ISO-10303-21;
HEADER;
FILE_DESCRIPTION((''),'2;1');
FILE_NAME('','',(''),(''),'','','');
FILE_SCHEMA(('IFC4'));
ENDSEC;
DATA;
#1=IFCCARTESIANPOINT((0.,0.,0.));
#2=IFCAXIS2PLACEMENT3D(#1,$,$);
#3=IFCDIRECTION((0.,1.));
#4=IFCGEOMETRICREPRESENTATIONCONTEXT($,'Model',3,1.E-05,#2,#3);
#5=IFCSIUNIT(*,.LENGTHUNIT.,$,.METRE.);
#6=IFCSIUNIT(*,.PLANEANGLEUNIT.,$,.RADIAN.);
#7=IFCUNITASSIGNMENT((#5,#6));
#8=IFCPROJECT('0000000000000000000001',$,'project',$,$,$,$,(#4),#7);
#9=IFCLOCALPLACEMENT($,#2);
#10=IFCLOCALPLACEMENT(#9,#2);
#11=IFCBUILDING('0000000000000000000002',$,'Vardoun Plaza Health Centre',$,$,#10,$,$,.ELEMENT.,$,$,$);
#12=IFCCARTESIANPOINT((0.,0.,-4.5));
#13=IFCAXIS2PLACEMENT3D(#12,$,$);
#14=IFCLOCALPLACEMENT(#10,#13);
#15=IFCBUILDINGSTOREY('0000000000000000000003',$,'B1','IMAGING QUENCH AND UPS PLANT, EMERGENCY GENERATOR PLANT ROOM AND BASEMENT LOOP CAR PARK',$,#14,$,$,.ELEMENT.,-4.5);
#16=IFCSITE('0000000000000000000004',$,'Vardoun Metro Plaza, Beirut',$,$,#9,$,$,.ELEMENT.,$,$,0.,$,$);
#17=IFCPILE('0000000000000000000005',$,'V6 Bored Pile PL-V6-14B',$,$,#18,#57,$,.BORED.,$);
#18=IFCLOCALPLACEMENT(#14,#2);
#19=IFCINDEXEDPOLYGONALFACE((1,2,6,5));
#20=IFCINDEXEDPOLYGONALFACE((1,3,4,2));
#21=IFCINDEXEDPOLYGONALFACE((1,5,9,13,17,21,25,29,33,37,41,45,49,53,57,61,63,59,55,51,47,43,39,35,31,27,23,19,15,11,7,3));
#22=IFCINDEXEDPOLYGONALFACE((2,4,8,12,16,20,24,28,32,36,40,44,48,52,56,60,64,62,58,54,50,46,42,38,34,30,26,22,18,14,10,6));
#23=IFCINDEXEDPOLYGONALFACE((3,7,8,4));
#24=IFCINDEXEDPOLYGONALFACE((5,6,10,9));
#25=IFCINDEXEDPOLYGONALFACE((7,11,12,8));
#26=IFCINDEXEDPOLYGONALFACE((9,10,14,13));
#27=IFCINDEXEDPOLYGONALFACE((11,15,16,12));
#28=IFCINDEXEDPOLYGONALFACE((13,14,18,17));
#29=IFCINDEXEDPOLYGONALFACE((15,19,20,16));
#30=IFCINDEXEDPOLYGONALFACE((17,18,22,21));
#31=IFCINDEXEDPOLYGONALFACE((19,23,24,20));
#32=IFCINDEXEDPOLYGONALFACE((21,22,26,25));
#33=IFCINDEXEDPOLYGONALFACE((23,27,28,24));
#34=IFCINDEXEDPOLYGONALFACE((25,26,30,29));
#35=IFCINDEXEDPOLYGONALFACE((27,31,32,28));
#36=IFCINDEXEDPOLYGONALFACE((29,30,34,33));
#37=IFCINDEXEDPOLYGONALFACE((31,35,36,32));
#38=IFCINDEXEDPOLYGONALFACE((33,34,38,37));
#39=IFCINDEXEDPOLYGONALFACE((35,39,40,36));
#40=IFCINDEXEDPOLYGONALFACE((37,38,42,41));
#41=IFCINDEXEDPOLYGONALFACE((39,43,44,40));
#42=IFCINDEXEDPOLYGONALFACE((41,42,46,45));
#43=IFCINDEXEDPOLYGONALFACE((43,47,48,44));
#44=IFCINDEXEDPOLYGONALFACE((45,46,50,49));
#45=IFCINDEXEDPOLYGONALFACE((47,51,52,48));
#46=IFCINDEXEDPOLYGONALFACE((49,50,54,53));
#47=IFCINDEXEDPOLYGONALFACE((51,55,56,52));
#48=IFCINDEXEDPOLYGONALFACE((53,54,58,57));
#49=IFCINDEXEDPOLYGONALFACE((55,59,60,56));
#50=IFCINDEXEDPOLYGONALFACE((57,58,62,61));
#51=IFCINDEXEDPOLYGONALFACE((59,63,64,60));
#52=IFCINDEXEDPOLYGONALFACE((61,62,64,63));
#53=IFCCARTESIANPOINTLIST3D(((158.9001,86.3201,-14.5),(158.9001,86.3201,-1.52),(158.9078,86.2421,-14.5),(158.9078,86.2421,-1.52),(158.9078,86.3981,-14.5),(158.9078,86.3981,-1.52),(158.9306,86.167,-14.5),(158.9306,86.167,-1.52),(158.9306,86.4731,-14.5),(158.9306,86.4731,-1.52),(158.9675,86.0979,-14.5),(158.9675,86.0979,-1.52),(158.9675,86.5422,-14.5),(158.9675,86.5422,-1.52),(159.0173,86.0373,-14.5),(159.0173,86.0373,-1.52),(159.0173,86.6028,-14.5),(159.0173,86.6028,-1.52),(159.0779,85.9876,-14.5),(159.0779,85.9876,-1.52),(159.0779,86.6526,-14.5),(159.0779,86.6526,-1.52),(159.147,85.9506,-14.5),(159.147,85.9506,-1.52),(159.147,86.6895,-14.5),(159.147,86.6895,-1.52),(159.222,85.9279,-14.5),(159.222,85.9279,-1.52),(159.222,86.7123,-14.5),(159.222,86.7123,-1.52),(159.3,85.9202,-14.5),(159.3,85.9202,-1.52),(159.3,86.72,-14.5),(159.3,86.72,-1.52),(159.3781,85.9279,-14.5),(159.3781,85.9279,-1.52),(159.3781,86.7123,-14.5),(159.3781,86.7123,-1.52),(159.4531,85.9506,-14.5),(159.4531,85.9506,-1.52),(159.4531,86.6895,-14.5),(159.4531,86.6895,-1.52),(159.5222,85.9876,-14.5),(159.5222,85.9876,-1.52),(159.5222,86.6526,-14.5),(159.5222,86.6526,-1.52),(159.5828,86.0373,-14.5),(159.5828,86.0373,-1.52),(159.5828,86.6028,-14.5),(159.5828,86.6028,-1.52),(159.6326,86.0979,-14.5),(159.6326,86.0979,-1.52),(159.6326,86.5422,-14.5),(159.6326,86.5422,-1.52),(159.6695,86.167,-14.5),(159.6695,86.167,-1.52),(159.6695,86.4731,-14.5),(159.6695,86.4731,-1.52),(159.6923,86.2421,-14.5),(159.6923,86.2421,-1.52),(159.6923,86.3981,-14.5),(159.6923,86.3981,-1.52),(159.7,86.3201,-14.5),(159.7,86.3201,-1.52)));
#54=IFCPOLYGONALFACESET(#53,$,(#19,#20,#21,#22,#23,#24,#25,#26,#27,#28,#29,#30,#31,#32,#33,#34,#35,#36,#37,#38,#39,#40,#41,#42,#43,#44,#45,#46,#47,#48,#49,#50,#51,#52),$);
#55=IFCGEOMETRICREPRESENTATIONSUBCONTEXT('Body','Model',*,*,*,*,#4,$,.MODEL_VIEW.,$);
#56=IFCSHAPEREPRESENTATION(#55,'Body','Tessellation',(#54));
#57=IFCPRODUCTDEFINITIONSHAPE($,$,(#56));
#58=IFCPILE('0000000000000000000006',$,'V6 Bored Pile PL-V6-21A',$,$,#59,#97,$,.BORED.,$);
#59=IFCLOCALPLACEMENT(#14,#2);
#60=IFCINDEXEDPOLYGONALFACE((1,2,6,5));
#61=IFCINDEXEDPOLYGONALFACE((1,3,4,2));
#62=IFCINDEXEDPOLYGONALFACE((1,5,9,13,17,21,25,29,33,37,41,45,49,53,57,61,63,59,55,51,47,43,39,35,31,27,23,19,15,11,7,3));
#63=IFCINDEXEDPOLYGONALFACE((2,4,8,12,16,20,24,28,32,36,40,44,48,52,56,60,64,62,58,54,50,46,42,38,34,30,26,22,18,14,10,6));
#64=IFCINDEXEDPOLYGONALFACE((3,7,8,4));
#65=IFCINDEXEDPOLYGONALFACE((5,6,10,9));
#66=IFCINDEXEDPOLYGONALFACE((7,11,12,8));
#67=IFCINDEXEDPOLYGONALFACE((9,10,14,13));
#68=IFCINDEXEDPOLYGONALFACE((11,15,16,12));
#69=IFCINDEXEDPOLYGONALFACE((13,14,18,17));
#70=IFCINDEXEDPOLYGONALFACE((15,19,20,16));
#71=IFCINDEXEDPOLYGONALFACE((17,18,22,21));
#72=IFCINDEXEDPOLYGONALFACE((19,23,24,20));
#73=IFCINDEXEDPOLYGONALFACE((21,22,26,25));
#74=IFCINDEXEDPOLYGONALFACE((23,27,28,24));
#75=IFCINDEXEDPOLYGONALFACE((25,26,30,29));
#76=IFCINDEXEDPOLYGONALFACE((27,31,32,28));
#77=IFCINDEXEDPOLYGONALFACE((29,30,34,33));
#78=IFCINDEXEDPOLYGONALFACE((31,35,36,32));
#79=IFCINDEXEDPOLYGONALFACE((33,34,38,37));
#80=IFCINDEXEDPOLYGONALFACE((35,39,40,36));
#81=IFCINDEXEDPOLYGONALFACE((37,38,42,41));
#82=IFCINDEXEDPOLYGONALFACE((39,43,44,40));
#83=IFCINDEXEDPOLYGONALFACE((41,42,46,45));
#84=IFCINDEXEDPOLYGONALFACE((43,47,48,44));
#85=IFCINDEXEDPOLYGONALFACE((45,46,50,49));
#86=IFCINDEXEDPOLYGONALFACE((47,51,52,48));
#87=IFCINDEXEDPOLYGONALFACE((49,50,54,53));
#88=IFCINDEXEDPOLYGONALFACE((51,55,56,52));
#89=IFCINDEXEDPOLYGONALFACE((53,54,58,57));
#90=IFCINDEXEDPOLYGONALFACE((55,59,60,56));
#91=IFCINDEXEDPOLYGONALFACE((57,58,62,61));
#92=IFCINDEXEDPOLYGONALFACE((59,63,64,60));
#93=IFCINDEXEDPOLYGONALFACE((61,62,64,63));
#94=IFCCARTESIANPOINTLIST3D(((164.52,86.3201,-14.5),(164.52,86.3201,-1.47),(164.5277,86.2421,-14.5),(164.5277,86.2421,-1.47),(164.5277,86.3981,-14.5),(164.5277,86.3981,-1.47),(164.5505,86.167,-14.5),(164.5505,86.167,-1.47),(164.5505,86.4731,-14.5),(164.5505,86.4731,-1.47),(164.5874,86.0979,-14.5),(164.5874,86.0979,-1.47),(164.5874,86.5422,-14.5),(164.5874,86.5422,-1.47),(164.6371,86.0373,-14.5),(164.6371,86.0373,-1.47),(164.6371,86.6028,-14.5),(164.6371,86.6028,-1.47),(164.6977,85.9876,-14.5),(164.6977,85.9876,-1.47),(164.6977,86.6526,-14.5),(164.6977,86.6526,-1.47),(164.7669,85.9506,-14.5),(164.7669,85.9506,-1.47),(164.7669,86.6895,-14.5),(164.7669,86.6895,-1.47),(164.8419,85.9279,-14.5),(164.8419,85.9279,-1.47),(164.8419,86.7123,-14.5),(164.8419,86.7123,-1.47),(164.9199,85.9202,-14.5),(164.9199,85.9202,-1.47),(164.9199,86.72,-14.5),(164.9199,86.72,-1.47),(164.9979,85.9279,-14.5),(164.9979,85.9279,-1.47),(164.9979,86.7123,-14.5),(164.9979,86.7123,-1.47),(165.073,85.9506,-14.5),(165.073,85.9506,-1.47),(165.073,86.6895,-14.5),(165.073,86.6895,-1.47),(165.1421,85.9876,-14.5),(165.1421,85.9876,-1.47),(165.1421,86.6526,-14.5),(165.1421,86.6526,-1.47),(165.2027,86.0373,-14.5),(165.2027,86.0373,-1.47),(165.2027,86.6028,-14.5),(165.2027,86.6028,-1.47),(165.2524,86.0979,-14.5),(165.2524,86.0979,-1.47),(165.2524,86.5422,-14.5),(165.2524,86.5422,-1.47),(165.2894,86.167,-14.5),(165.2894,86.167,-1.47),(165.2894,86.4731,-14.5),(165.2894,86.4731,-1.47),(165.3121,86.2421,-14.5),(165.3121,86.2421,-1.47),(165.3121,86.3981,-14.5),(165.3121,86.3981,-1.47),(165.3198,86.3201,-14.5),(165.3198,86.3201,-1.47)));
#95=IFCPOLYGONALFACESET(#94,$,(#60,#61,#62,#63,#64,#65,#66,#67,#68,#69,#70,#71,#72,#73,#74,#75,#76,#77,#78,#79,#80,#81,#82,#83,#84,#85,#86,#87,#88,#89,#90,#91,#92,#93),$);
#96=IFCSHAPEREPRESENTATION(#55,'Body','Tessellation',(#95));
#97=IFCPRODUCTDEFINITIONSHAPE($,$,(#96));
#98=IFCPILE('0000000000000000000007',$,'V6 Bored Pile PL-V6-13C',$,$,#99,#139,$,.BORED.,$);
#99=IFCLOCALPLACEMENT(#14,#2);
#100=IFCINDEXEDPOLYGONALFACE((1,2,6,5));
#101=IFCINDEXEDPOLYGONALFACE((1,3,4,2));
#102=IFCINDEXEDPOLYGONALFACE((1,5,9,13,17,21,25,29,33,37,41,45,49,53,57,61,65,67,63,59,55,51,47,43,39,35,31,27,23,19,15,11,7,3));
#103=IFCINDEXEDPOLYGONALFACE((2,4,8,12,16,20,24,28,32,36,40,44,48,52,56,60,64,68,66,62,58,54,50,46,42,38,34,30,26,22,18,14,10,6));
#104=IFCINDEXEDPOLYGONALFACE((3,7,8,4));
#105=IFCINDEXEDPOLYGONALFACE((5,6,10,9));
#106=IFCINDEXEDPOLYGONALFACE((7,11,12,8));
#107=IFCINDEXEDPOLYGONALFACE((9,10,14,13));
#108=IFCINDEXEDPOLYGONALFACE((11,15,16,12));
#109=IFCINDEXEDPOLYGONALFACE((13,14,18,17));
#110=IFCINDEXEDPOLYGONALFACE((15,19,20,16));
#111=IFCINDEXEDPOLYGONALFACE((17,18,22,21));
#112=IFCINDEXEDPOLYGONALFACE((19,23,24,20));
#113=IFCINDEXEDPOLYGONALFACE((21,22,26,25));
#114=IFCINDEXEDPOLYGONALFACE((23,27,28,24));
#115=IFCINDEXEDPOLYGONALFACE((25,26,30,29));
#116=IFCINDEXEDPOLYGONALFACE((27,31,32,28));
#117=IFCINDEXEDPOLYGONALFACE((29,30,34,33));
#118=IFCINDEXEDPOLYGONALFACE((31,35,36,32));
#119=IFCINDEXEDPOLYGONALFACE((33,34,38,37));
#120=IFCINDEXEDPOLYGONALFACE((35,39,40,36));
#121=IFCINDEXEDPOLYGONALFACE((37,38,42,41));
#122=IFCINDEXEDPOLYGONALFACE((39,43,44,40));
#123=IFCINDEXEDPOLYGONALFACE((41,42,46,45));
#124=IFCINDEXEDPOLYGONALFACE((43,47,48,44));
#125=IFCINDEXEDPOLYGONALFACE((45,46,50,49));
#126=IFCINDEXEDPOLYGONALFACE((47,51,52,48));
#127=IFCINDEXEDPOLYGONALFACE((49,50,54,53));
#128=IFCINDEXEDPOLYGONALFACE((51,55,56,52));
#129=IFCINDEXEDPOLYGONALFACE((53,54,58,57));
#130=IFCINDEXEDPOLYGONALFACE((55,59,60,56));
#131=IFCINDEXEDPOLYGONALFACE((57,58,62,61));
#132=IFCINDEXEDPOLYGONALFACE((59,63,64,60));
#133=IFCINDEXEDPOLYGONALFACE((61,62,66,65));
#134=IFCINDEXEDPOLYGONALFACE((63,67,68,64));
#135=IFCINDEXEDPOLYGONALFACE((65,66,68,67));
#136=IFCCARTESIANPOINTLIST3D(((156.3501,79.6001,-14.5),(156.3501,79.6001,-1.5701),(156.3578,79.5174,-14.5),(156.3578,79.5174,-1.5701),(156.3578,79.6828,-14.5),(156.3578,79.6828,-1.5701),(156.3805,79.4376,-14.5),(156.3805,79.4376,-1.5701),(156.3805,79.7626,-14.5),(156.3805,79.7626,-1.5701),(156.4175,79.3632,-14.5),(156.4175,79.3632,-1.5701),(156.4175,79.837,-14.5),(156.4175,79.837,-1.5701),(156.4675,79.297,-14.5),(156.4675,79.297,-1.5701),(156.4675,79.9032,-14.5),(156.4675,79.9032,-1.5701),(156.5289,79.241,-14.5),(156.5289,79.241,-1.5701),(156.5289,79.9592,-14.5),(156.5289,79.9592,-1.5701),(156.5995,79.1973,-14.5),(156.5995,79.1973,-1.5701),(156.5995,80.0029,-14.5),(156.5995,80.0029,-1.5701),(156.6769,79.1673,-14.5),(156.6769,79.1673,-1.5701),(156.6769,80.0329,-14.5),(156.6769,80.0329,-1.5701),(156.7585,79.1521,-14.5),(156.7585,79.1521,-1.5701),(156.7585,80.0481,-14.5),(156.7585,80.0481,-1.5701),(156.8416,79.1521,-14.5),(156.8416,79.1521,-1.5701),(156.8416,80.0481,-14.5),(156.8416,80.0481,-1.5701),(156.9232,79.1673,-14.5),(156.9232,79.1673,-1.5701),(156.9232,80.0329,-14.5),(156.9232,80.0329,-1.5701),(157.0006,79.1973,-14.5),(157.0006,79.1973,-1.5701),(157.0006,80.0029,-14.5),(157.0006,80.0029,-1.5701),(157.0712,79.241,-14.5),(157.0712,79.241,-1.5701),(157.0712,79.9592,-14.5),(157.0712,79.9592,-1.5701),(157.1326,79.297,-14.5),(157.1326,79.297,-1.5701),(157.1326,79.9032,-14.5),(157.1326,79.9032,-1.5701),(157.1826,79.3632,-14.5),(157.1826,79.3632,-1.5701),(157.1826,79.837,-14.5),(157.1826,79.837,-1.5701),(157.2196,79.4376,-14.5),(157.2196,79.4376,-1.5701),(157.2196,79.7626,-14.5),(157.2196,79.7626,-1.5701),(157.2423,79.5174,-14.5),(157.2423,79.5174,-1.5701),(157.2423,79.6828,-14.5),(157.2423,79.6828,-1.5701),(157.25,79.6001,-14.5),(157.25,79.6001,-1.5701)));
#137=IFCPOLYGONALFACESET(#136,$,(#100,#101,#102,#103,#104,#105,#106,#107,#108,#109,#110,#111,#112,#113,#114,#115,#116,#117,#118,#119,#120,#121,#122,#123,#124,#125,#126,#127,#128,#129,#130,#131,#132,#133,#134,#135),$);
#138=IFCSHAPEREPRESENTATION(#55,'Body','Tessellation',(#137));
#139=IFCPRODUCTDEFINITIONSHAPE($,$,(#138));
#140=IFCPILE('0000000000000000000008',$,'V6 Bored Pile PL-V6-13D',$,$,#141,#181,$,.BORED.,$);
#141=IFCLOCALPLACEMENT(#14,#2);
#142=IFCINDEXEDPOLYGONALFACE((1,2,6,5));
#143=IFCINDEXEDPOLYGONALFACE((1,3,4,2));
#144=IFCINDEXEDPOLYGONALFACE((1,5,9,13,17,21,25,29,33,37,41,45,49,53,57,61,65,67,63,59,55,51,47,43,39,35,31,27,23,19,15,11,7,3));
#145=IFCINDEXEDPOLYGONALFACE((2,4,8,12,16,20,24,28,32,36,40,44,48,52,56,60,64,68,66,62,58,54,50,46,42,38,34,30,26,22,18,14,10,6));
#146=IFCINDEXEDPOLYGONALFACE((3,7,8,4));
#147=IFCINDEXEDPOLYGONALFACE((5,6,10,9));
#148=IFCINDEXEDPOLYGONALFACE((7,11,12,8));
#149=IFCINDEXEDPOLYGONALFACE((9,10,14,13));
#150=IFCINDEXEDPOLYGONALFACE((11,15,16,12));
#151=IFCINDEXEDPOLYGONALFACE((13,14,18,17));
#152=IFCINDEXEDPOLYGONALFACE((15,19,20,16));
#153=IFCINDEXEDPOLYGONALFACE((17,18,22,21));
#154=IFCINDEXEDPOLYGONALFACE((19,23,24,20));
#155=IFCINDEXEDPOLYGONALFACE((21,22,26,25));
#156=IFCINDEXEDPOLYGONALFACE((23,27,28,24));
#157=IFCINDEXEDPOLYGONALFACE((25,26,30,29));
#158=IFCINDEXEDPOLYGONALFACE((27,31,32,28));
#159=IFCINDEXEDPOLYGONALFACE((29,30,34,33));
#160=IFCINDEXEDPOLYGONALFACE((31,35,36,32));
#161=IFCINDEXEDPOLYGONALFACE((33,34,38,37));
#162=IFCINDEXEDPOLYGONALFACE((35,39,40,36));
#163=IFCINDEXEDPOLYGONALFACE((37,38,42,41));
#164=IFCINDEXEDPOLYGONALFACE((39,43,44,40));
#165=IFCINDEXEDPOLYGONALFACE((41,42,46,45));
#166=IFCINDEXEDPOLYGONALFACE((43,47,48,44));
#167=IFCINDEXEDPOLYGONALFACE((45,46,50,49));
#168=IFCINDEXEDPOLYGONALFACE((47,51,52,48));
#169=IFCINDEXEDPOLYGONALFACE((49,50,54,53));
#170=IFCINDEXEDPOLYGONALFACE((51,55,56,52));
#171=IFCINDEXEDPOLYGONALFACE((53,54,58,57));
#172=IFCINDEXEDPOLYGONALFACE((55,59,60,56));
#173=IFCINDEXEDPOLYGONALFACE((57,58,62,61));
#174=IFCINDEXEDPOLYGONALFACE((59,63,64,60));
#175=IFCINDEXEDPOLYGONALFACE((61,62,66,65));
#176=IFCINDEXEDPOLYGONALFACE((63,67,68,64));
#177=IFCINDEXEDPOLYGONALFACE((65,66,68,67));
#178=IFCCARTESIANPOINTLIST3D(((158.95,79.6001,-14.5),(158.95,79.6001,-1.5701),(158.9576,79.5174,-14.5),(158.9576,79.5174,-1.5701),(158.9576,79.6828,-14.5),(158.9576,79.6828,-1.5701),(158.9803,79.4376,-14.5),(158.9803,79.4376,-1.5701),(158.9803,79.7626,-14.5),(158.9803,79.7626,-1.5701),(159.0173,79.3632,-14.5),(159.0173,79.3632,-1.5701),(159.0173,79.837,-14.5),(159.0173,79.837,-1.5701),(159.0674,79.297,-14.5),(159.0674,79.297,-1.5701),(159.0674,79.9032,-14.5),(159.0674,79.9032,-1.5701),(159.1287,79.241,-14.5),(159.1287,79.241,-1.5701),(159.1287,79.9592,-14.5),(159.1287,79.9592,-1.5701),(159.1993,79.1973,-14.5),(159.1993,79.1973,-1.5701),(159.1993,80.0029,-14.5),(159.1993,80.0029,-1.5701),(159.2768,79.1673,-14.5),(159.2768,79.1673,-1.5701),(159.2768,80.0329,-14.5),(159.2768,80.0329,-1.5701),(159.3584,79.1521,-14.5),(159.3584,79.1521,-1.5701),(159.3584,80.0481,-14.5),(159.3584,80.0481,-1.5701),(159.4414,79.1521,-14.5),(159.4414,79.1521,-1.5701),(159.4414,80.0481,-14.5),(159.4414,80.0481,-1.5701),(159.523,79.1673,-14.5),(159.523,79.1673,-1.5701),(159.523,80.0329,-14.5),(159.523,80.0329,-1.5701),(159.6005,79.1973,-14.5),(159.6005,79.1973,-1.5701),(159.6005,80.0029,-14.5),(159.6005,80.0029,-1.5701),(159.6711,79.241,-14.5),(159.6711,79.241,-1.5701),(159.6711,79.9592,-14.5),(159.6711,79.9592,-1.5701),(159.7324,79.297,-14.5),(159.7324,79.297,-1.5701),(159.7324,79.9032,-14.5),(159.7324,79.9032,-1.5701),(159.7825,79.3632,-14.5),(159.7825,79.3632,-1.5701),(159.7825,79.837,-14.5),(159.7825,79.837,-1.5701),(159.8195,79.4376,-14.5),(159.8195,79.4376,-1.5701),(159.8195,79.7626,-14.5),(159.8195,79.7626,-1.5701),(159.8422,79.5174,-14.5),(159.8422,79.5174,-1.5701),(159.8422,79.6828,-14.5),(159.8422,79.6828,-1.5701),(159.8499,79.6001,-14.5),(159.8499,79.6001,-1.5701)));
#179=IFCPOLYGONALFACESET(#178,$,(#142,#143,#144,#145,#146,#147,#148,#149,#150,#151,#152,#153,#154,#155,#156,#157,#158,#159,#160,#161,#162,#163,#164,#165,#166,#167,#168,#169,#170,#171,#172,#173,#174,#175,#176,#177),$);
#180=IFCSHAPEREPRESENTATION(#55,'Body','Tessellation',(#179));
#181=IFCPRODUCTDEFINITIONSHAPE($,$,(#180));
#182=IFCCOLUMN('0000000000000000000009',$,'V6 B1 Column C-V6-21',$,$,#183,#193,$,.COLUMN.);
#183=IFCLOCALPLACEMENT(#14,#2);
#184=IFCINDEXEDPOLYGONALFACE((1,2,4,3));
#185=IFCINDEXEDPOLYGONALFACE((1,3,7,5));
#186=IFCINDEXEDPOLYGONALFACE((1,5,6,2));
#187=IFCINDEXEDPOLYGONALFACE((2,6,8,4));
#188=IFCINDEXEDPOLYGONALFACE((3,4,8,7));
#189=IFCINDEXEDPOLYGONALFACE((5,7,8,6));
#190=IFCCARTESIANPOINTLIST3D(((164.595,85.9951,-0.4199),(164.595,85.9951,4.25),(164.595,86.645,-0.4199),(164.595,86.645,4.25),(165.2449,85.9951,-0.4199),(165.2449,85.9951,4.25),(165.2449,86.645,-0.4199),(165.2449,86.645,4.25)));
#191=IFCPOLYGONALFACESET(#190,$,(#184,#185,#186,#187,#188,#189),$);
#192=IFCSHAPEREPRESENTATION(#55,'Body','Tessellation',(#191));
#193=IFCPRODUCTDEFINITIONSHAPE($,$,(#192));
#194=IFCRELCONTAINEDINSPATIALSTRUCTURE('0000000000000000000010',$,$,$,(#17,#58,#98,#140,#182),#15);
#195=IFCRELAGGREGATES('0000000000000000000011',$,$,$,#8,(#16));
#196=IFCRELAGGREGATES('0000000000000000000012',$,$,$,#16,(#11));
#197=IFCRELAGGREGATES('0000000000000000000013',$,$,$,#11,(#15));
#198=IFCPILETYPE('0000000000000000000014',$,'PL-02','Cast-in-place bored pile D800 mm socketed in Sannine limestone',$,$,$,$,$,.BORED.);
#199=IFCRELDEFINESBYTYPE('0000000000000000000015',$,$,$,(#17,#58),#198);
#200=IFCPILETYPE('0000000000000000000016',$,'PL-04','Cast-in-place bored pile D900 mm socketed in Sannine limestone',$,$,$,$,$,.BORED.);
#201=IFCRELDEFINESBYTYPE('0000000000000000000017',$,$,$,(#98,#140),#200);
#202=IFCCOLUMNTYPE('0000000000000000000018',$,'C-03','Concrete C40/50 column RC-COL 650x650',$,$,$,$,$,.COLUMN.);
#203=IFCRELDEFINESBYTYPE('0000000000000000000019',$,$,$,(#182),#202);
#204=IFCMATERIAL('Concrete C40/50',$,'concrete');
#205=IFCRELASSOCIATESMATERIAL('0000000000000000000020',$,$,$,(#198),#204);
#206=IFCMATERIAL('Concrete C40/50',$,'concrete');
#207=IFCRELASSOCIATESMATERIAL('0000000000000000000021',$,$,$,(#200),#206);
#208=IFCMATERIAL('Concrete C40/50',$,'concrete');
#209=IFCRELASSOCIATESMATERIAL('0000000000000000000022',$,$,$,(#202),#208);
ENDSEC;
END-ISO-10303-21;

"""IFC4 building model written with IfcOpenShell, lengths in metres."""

from ifc_helpers import new_model, si_unit, direction, frame, origin, origin_2d, place, context, subcontext, project, spatial, rectangle, circle, extrude, material, material_profile, profile_set, type_object, element, save


model = new_model("IFC4")

# Units and contexts
model_context = context("Model", 3, precision=1e-05, world=origin(), true_north=direction((0.0, 1.0)))
body_context = subcontext(model_context, "Body", "Model", "MODEL_VIEW")
ifc_project = project(units=[si_unit("LENGTHUNIT", "METRE"), si_unit("PLANEANGLEUNIT", "RADIAN")], contexts=[model_context])

# Site, building, storey
site_placement = place(None, origin())
site = spatial("IfcSite", under=ifc_project, at=site_placement, Name="Vardoun Metro Plaza, Beirut", CompositionType="ELEMENT", RefElevation=0.0)
building_placement = place(site_placement, origin())
building = spatial("IfcBuilding", under=site, at=building_placement, Name="Vardoun Plaza Health Centre", CompositionType="ELEMENT")
storey_placement = place(building_placement, frame((0.0, 0.0, -4.5)))
storey = spatial("IfcBuildingStorey", under=building, at=storey_placement, Name="B1", Description="IMAGING QUENCH AND UPS PLANT, EMERGENCY GENERATOR PLANT ROOM AND BASEMENT LOOP CAR PARK", CompositionType="ELEMENT", Elevation=-4.5)

# Piles
ifc_material_1 = material(Name="Concrete C40/50", Category="concrete")
ifc_material_profile_1 = material_profile(ifc_material_1, circle(Radius=0.3999, at=origin_2d()), Name="PILE D800")
ifc_profile_set_1 = profile_set([ifc_material_profile_1], Name="Concrete C40/50")
pile_type_1 = type_object("IfcPileType", Name="PL-02", Description="Cast-in-place bored pile D800 mm socketed in Sannine limestone", PredefinedType="BORED", material=ifc_profile_set_1)
for number, where, z_axis, x_axis, name in (
    (1, (159.3, 86.3201, -1.52), (0.0, 0.0, -1.0), (1.0, 0.0, 0.0), "V6 Bored Pile PL-V6-14B"),
):
    element("IfcPile", number, at=place(storey_placement, frame(where, z_axis=z_axis, x_axis=x_axis)), inside=storey, type_object=pile_type_1, Name=name, PredefinedType="BORED", context=body_context, shape_type="SweptSolid", body=[
        extrude(circle(Radius=0.3999, at=origin_2d()), origin(), (0.0, 0.0, 1.0), 12.98),
    ])
pile_1_placement = place(storey_placement, frame((164.9199, 86.3201, -1.47), z_axis=(0.0, 0.0, -1.0), x_axis=(1.0, 0.0, 0.0)))
element("IfcPile", 2, at=pile_1_placement, inside=storey, type_object=pile_type_1, Name="V6 Bored Pile PL-V6-21A", PredefinedType="BORED", context=body_context, shape_type="SweptSolid", body=[
    extrude(circle(Radius=0.3999, at=origin_2d()), origin(), (0.0, 0.0, 1.0), 13.03),
])
ifc_material_2 = material(Name="Concrete C40/50", Category="concrete")
ifc_material_profile_2 = material_profile(ifc_material_2, circle(Radius=0.45, at=origin_2d()), Name="PILE D900")
ifc_profile_set_2 = profile_set([ifc_material_profile_2], Name="Concrete C40/50")
pile_type_2 = type_object("IfcPileType", Name="PL-04", Description="Cast-in-place bored pile D900 mm socketed in Sannine limestone", PredefinedType="BORED", material=ifc_profile_set_2)
for number, where, z_axis, x_axis, name in (
    (3, (156.8, 79.6001, -1.5701), (0.0, 0.0, -1.0), (1.0, 0.0, 0.0), "V6 Bored Pile PL-V6-13C"),
    (4, (159.3999, 79.6001, -1.5701), (0.0, 0.0, -1.0), (1.0, 0.0, 0.0), "V6 Bored Pile PL-V6-13D"),
):
    element("IfcPile", number, at=place(storey_placement, frame(where, z_axis=z_axis, x_axis=x_axis)), inside=storey, type_object=pile_type_2, Name=name, PredefinedType="BORED", context=body_context, shape_type="SweptSolid", body=[
        extrude(circle(Radius=0.45, at=origin_2d()), origin(), (0.0, 0.0, 1.0), 12.9299),
    ])

# Column
ifc_material_3 = material(Name="Concrete C40/50", Category="concrete")
ifc_material_profile_3 = material_profile(ifc_material_3, rectangle(XDim=0.6499, YDim=0.6499, at=origin_2d()), Name="RC-COL 650x650")
ifc_profile_set_3 = profile_set([ifc_material_profile_3], Name="Concrete C40/50")
column_type_1 = type_object("IfcColumnType", Name="C-03", Description="Concrete C40/50 column RC-COL 650x650", PredefinedType="COLUMN", material=ifc_profile_set_3)
column_1_placement = place(storey_placement, frame((164.9199, 86.3201, -0.4199), z_axis=(0.0, 0.0, 1.0), x_axis=(1.0, 0.0, 0.0)))
element("IfcColumn", 5, at=column_1_placement, inside=storey, type_object=column_type_1, Name="V6 B1 Column C-V6-21", PredefinedType="COLUMN", context=body_context, shape_type="SweptSolid", body=[
    extrude(rectangle(XDim=0.6499, YDim=0.6499, at=origin_2d()), origin(), (0.0, 0.0, 1.0), 4.6699),
])

save(model, "model.ifc")
